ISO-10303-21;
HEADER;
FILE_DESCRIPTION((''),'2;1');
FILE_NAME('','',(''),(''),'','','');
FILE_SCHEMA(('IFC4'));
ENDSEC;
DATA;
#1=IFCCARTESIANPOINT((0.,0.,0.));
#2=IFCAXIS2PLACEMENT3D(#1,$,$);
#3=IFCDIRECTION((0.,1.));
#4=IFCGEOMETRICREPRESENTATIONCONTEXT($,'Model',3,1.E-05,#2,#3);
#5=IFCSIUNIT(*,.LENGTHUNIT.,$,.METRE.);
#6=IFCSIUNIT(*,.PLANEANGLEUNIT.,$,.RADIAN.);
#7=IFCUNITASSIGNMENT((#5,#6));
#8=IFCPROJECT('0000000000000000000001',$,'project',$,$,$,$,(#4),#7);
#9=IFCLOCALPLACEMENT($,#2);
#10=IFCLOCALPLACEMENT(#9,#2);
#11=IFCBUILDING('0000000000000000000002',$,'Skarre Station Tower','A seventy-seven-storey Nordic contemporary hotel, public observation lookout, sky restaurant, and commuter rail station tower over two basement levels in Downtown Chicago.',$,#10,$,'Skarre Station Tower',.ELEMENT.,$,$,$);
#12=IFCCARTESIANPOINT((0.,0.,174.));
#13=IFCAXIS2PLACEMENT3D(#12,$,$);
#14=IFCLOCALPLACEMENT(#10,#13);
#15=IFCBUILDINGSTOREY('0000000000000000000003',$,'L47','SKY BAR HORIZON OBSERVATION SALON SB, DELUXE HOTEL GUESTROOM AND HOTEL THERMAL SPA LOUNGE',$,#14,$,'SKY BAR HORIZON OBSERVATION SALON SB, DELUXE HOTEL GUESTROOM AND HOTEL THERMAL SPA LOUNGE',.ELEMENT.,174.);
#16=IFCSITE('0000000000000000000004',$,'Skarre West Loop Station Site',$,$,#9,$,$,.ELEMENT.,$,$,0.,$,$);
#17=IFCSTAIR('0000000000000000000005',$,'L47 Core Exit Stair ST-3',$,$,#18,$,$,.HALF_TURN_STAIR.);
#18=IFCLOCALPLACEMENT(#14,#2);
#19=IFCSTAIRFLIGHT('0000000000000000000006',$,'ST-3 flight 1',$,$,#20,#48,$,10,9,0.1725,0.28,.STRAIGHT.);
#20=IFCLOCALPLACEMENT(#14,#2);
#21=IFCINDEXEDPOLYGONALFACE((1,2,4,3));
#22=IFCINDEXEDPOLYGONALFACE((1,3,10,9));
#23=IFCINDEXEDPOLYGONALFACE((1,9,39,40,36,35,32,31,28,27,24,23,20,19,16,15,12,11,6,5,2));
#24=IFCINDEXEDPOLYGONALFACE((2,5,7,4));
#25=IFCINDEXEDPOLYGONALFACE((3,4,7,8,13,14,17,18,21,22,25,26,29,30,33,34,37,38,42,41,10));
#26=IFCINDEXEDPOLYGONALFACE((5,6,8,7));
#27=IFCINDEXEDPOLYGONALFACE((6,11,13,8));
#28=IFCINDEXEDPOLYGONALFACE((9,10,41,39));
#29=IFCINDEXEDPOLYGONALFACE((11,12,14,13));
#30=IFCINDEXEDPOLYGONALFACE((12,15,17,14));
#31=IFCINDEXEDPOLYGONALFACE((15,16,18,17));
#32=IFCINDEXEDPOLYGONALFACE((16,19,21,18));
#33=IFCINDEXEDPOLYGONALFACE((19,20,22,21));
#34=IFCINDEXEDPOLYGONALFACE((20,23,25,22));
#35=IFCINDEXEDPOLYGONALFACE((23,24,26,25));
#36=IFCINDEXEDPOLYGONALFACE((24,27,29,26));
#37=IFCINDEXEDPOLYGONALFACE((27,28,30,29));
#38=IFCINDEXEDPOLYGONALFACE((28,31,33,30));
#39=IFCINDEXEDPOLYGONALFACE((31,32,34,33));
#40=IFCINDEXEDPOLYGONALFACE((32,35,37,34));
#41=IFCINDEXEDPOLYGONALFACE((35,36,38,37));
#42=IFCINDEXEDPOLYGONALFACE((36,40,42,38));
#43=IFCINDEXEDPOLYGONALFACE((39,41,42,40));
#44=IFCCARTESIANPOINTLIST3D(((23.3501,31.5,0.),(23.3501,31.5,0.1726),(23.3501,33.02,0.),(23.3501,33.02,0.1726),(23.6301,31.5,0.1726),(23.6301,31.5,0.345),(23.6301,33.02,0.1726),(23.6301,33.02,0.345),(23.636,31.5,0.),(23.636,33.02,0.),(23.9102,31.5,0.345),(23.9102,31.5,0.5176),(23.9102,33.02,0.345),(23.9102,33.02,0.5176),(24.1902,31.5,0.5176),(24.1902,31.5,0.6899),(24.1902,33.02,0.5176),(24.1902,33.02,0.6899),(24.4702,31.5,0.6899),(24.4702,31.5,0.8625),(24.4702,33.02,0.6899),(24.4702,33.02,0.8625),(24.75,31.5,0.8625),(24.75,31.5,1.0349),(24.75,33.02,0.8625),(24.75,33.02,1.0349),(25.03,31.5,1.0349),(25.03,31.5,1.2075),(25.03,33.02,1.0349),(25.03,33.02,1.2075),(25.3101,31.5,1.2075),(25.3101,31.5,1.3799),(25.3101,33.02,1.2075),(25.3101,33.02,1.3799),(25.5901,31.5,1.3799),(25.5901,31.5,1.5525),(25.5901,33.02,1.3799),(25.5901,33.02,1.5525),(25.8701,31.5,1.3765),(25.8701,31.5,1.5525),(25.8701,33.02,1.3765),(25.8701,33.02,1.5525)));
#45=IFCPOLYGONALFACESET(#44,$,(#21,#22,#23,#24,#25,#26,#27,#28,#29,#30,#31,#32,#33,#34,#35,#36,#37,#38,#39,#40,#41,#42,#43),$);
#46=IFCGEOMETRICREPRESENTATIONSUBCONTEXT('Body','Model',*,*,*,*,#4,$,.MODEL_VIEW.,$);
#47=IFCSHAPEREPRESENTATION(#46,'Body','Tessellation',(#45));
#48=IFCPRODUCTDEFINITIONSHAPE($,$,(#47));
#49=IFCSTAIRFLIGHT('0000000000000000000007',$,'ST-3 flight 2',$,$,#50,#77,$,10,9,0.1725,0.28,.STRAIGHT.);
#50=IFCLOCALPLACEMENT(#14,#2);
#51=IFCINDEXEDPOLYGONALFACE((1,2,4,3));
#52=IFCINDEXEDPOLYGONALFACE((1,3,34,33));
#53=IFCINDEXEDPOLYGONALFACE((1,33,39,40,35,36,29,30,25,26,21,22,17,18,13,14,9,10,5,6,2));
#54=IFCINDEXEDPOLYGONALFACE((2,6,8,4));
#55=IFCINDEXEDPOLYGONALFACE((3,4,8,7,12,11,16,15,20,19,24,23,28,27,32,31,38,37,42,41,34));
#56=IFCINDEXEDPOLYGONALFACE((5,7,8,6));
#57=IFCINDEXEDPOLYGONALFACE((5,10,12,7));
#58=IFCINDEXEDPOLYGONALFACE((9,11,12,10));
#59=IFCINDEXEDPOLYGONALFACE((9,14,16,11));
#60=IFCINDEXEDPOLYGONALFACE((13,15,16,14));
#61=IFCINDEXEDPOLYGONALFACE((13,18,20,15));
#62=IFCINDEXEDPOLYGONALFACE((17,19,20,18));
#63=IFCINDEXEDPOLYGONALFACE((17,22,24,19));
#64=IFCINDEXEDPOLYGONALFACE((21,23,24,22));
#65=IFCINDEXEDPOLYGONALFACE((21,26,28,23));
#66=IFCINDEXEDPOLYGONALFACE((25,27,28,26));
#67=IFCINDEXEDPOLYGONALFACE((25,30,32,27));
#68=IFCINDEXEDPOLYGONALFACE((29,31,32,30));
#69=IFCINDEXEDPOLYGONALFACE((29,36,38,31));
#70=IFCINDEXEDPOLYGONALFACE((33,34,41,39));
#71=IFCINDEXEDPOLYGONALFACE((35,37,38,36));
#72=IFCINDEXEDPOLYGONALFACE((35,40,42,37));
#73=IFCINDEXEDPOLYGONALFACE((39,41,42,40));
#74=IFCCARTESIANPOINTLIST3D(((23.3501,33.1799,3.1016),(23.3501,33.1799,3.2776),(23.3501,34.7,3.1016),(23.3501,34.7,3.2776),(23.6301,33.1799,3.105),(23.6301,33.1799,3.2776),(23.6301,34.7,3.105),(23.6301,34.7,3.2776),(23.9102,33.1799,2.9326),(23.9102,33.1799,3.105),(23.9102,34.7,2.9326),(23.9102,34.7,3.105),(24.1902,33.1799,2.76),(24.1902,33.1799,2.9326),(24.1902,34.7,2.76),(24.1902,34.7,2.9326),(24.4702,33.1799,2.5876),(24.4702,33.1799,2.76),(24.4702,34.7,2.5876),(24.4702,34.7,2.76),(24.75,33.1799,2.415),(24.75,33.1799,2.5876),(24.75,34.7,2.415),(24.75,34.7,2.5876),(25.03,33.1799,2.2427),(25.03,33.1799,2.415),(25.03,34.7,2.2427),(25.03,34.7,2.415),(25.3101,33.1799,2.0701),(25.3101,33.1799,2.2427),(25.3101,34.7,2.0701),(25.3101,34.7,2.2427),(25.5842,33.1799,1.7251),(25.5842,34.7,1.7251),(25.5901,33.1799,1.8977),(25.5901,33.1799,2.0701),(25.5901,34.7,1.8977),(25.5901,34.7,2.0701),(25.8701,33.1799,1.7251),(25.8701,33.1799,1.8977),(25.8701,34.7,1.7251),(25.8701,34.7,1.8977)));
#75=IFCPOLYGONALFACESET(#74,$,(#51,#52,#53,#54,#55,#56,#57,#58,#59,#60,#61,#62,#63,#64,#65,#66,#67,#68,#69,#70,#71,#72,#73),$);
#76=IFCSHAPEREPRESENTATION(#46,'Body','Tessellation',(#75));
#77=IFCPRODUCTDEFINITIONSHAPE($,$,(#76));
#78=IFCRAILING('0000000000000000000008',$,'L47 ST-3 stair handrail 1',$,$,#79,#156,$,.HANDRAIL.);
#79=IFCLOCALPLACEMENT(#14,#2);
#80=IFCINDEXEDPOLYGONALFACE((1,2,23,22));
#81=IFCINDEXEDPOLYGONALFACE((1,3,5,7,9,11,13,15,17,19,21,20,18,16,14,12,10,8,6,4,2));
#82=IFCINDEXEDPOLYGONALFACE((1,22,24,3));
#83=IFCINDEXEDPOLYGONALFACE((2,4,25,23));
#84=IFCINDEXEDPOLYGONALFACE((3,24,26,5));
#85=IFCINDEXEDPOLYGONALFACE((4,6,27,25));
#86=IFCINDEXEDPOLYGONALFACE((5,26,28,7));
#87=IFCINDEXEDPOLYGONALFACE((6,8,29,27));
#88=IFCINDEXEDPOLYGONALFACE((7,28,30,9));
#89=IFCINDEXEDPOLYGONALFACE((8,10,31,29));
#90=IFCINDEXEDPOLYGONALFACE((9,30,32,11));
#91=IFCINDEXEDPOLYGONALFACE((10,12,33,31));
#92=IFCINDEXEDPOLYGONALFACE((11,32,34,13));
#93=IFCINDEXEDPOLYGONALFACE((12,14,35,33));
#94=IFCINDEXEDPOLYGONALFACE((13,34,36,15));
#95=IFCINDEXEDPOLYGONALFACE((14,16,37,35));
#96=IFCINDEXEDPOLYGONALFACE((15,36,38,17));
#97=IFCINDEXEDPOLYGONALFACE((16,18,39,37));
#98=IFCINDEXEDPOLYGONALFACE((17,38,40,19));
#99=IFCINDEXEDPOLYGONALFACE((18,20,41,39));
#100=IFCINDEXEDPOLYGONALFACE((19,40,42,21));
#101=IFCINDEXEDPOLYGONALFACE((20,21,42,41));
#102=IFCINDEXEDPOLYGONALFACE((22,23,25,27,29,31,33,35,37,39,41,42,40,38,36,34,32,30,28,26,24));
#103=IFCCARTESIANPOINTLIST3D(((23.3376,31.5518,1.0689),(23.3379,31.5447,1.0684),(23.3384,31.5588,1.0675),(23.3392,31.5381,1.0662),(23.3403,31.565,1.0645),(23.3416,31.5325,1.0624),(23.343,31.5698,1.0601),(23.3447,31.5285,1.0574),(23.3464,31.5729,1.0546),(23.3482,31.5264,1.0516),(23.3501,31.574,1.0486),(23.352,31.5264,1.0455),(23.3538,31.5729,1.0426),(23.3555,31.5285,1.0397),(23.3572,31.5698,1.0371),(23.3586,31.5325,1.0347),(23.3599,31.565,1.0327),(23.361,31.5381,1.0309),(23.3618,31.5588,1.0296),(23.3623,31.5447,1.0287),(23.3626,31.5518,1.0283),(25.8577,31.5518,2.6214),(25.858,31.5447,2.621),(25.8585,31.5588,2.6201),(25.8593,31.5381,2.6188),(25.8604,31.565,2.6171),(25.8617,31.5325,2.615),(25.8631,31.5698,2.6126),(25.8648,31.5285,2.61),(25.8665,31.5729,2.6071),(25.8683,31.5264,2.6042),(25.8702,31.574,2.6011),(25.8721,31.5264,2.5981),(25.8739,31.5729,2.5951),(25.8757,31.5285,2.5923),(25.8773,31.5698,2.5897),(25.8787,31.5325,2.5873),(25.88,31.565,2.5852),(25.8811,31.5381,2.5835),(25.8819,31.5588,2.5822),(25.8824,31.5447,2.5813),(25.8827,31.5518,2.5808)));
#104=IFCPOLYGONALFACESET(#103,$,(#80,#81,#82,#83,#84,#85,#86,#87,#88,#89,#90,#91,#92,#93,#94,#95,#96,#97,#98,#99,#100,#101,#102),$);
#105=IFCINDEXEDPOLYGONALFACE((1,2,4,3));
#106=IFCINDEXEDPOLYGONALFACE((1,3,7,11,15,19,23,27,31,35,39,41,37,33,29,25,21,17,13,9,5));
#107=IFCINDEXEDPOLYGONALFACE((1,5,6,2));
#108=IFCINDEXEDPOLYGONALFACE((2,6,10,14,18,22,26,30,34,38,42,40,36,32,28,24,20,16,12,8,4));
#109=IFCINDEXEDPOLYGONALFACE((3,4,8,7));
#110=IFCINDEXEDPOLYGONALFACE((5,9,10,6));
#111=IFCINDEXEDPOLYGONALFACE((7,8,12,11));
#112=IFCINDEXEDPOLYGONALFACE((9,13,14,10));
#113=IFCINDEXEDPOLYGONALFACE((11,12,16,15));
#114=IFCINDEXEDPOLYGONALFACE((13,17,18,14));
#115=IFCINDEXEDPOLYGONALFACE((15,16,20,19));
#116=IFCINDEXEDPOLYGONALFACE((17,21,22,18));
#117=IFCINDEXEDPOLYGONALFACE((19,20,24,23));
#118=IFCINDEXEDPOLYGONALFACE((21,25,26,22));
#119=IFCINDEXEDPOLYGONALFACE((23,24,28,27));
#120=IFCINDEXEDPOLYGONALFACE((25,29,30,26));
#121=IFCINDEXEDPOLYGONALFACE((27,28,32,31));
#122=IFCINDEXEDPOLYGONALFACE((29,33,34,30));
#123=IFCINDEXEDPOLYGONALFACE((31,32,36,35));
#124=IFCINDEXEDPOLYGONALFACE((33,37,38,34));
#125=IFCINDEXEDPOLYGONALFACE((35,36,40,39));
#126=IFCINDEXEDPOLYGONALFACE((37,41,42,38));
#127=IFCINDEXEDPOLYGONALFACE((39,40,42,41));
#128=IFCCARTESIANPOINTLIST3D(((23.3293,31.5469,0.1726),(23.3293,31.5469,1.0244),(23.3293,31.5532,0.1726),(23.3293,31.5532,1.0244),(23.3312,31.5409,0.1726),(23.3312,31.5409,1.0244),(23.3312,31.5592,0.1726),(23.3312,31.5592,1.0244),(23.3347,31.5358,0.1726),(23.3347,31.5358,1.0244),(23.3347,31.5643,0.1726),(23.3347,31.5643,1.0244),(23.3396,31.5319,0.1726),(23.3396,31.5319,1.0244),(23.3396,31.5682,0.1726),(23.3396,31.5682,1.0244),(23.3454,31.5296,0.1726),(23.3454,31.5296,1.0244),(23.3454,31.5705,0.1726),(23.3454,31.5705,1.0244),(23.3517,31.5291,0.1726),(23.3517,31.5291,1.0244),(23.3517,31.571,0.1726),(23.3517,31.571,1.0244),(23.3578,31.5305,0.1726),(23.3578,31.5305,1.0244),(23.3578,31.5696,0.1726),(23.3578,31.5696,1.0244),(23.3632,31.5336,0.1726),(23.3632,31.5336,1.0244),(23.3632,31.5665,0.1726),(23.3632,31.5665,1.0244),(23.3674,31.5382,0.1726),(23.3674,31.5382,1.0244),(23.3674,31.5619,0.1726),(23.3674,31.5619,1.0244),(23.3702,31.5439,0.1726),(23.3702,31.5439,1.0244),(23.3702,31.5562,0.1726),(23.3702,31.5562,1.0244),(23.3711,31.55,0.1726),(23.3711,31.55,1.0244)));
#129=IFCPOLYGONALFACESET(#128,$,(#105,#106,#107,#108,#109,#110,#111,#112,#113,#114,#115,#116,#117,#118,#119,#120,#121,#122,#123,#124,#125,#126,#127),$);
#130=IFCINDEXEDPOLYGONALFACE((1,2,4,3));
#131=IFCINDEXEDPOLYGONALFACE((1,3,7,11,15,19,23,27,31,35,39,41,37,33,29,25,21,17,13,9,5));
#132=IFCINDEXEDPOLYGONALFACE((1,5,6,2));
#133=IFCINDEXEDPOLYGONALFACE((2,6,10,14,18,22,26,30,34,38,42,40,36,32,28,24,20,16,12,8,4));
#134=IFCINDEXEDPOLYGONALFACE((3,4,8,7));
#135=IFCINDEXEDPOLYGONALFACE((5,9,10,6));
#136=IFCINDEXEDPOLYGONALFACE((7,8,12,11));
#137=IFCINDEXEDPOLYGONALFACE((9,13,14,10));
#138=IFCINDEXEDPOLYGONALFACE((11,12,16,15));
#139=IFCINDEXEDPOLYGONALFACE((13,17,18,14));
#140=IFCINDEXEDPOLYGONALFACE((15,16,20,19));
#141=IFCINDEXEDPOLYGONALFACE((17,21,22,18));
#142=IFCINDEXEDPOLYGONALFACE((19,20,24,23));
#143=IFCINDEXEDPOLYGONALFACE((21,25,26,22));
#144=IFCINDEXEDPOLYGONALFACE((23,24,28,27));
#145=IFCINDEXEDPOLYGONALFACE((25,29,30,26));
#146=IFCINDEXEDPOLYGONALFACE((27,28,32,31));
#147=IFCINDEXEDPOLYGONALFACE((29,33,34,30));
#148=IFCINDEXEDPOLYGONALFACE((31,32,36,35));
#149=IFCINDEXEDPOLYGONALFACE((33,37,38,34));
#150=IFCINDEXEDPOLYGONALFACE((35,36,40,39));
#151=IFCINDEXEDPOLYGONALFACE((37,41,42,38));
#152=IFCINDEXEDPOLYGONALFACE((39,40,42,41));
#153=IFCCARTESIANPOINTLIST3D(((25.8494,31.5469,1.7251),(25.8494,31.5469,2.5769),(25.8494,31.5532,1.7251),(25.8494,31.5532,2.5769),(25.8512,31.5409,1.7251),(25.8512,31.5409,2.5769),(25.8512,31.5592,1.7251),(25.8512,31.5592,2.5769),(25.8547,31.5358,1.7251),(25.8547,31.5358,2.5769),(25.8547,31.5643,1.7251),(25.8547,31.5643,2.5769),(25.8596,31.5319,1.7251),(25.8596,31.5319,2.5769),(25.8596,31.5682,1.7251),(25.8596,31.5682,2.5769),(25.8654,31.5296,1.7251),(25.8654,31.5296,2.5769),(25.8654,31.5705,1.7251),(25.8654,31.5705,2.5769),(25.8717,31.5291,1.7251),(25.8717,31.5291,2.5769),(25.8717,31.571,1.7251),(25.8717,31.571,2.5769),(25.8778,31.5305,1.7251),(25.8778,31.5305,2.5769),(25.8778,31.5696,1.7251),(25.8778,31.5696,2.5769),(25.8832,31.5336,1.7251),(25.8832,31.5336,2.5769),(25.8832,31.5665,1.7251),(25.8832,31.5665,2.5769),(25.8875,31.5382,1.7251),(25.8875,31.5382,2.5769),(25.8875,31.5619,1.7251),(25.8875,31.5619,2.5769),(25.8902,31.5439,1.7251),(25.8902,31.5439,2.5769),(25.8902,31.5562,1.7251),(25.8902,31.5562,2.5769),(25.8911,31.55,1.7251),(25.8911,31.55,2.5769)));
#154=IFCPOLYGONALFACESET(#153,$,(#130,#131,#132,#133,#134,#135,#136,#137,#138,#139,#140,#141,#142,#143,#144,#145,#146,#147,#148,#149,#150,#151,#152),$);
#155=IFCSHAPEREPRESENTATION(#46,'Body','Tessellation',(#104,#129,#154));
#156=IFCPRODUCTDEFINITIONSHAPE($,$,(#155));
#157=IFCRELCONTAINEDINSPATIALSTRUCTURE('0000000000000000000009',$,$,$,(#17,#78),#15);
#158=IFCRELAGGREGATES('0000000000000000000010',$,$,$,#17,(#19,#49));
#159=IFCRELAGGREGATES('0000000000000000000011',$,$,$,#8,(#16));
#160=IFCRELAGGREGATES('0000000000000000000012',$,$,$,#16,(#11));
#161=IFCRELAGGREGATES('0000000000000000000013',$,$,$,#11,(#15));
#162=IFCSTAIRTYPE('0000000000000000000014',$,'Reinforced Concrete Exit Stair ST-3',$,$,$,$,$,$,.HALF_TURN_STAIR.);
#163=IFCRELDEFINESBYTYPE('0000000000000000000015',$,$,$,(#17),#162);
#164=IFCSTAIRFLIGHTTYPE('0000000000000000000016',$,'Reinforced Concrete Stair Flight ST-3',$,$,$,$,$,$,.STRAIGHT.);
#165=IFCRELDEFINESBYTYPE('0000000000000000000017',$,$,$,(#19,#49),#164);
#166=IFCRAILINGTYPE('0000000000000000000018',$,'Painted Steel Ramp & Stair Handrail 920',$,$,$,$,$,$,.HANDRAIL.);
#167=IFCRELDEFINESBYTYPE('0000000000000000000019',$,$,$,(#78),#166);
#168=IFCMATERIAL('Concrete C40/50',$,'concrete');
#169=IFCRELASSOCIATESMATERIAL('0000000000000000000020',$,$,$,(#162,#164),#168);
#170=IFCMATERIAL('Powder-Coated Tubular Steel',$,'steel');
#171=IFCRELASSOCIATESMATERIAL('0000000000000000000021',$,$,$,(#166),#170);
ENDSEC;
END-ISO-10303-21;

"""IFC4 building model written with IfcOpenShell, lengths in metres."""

from ifc_helpers import new_model, si_unit, direction, frame, origin, origin_2d, place, context, subcontext, project, spatial, polyline, circle, outline, extrude, material, type_object, element, aggregate, save


model = new_model("IFC4")

# Units and contexts
model_context = context("Model", 3, precision=1e-05, world=origin(), true_north=direction((0.0, 1.0)))
body_context = subcontext(model_context, "Body", "Model", "MODEL_VIEW")
ifc_project = project(units=[si_unit("LENGTHUNIT", "METRE"), si_unit("PLANEANGLEUNIT", "RADIAN")], contexts=[model_context])

# Site, building, storey
site_placement = place(None, origin())
site = spatial("IfcSite", under=ifc_project, at=site_placement, Name="Skarre West Loop Station Site", CompositionType="ELEMENT", RefElevation=0.0)
building_placement = place(site_placement, origin())
building = spatial("IfcBuilding", under=site, at=building_placement, Name="Skarre Station Tower", Description="A seventy-seven-storey Nordic contemporary hotel, public observation lookout, sky restaurant, and commuter rail station tower over two basement levels in Downtown Chicago.", LongName="Skarre Station Tower", CompositionType="ELEMENT")
storey_placement = place(building_placement, frame((0.0, 0.0, 174.0)))
storey = spatial("IfcBuildingStorey", under=building, at=storey_placement, Name="L47", Description="SKY BAR HORIZON OBSERVATION SALON SB, DELUXE HOTEL GUESTROOM AND HOTEL THERMAL SPA LOUNGE", LongName="SKY BAR HORIZON OBSERVATION SALON SB, DELUXE HOTEL GUESTROOM AND HOTEL THERMAL SPA LOUNGE", CompositionType="ELEMENT", Elevation=174.0)

# Stair, stair flights
ifc_material_1 = material(Name="Concrete C40/50", Category="concrete")
stair_type = type_object("IfcStairType", Name="Reinforced Concrete Exit Stair ST-3", PredefinedType="HALF_TURN_STAIR", material=ifc_material_1)
stair_placement = place(storey_placement, origin())
stair = element("IfcStair", 1, at=stair_placement, inside=storey, type_object=stair_type, Name="L47 Core Exit Stair ST-3", PredefinedType="HALF_TURN_STAIR")
stair_flight_type = type_object("IfcStairFlightType", Name="Reinforced Concrete Stair Flight ST-3", PredefinedType="STRAIGHT", material=ifc_material_1)
stair_flight_1_placement = place(storey_placement, frame((23.3501, 32.26, 0.0), z_axis=(0.0, 0.0, 1.0), x_axis=(1.0, 0.0, 0.0)))
stair_flight_1 = element("IfcStairFlight", 2, at=stair_flight_1_placement, type_object=stair_flight_type, Name="ST-3 flight 1", NumberOfRisers=10, NumberOfTreads=9, PredefinedType="STRAIGHT", RiserHeight=0.1725, TreadLength=0.28, context=body_context, shape_type="SweptSolid", body=[
    extrude(outline(polyline([(0.0, 0.0), (0.0, 0.1726), (0.28, 0.1726), (0.28, 0.345), (0.5601, 0.345), (0.5601, 0.5176), (0.8401, 0.5176), (0.8401, 0.6899), (1.1201, 0.6899), (1.1201, 0.8625), (1.3999, 0.8625), (1.3999, 1.0349), (1.6799, 1.0349), (1.6799, 1.2075), (1.96, 1.2075), (1.96, 1.3799), (2.24, 1.3799), (2.24, 1.5525), (2.52, 1.5525), (2.52, 1.7251), (2.52, 1.3765), (0.2859, 0.0), (0.0, 0.0)])), frame((0.0, 0.76, 0.0), z_axis=(0.0, -1.0, 0.0), x_axis=(1.0, 0.0, 0.0)), (0.0, 0.0, 1.0), 1.52),
])
stair_flight_2_placement = place(storey_placement, frame((25.8701, 33.9399, 1.7251), z_axis=(0.0, 0.0, 1.0), x_axis=(-1.0, 0.0, 0.0)))
stair_flight_2 = element("IfcStairFlight", 3, at=stair_flight_2_placement, type_object=stair_flight_type, Name="ST-3 flight 2", NumberOfRisers=10, NumberOfTreads=9, PredefinedType="STRAIGHT", RiserHeight=0.1725, TreadLength=0.28, context=body_context, shape_type="SweptSolid", body=[
    extrude(outline(polyline([(0.0, 0.0), (0.0, 0.1726), (0.28, 0.1726), (0.28, 0.345), (0.5601, 0.345), (0.5601, 0.5176), (0.8401, 0.5176), (0.8401, 0.6899), (1.1201, 0.6899), (1.1201, 0.8625), (1.3999, 0.8625), (1.3999, 1.0349), (1.6799, 1.0349), (1.6799, 1.2075), (1.96, 1.2075), (1.96, 1.3799), (2.24, 1.3799), (2.24, 1.5525), (2.52, 1.5525), (2.52, 1.7251), (2.52, 1.3765), (0.2859, 0.0), (0.0, 0.0)])), frame((0.0, 0.76, 0.0), z_axis=(0.0, -1.0, 0.0), x_axis=(1.0, 0.0, 0.0)), (0.0, 0.0, 1.0), 1.52),
])
aggregate(stair, [stair_flight_1, stair_flight_2])

# Railing
ifc_material_2 = material(Name="Powder-Coated Tubular Steel", Category="steel")
railing_type_1 = type_object("IfcRailingType", Name="Painted Steel Ramp & Stair Handrail 920", PredefinedType="HANDRAIL", material=ifc_material_2)
railing_1_placement = place(storey_placement, frame((23.3501, 31.55, 0.1726)))
element("IfcRailing", 4, at=railing_1_placement, inside=storey, type_object=railing_type_1, Name="L47 ST-3 stair handrail 1", PredefinedType="HANDRAIL", context=body_context, shape_type="SweptSolid", body=[
    extrude(circle(Radius=0.0239, at=origin_2d()), frame((0.0, 0.0, 0.876), z_axis=(0.8514, 0.0, 0.524516), x_axis=(0.0, 1.0, 0.0)), (0.0, 0.0, 1.0), 2.96),
    extrude(circle(Radius=0.021, at=origin_2d()), origin(), (0.0, 0.0, 1.0), 0.8518),
    extrude(circle(Radius=0.021, at=origin_2d()), frame((2.52, 0.0, 1.5525)), (0.0, 0.0, 1.0), 0.8518),
])

save(model, "model.ifc")
